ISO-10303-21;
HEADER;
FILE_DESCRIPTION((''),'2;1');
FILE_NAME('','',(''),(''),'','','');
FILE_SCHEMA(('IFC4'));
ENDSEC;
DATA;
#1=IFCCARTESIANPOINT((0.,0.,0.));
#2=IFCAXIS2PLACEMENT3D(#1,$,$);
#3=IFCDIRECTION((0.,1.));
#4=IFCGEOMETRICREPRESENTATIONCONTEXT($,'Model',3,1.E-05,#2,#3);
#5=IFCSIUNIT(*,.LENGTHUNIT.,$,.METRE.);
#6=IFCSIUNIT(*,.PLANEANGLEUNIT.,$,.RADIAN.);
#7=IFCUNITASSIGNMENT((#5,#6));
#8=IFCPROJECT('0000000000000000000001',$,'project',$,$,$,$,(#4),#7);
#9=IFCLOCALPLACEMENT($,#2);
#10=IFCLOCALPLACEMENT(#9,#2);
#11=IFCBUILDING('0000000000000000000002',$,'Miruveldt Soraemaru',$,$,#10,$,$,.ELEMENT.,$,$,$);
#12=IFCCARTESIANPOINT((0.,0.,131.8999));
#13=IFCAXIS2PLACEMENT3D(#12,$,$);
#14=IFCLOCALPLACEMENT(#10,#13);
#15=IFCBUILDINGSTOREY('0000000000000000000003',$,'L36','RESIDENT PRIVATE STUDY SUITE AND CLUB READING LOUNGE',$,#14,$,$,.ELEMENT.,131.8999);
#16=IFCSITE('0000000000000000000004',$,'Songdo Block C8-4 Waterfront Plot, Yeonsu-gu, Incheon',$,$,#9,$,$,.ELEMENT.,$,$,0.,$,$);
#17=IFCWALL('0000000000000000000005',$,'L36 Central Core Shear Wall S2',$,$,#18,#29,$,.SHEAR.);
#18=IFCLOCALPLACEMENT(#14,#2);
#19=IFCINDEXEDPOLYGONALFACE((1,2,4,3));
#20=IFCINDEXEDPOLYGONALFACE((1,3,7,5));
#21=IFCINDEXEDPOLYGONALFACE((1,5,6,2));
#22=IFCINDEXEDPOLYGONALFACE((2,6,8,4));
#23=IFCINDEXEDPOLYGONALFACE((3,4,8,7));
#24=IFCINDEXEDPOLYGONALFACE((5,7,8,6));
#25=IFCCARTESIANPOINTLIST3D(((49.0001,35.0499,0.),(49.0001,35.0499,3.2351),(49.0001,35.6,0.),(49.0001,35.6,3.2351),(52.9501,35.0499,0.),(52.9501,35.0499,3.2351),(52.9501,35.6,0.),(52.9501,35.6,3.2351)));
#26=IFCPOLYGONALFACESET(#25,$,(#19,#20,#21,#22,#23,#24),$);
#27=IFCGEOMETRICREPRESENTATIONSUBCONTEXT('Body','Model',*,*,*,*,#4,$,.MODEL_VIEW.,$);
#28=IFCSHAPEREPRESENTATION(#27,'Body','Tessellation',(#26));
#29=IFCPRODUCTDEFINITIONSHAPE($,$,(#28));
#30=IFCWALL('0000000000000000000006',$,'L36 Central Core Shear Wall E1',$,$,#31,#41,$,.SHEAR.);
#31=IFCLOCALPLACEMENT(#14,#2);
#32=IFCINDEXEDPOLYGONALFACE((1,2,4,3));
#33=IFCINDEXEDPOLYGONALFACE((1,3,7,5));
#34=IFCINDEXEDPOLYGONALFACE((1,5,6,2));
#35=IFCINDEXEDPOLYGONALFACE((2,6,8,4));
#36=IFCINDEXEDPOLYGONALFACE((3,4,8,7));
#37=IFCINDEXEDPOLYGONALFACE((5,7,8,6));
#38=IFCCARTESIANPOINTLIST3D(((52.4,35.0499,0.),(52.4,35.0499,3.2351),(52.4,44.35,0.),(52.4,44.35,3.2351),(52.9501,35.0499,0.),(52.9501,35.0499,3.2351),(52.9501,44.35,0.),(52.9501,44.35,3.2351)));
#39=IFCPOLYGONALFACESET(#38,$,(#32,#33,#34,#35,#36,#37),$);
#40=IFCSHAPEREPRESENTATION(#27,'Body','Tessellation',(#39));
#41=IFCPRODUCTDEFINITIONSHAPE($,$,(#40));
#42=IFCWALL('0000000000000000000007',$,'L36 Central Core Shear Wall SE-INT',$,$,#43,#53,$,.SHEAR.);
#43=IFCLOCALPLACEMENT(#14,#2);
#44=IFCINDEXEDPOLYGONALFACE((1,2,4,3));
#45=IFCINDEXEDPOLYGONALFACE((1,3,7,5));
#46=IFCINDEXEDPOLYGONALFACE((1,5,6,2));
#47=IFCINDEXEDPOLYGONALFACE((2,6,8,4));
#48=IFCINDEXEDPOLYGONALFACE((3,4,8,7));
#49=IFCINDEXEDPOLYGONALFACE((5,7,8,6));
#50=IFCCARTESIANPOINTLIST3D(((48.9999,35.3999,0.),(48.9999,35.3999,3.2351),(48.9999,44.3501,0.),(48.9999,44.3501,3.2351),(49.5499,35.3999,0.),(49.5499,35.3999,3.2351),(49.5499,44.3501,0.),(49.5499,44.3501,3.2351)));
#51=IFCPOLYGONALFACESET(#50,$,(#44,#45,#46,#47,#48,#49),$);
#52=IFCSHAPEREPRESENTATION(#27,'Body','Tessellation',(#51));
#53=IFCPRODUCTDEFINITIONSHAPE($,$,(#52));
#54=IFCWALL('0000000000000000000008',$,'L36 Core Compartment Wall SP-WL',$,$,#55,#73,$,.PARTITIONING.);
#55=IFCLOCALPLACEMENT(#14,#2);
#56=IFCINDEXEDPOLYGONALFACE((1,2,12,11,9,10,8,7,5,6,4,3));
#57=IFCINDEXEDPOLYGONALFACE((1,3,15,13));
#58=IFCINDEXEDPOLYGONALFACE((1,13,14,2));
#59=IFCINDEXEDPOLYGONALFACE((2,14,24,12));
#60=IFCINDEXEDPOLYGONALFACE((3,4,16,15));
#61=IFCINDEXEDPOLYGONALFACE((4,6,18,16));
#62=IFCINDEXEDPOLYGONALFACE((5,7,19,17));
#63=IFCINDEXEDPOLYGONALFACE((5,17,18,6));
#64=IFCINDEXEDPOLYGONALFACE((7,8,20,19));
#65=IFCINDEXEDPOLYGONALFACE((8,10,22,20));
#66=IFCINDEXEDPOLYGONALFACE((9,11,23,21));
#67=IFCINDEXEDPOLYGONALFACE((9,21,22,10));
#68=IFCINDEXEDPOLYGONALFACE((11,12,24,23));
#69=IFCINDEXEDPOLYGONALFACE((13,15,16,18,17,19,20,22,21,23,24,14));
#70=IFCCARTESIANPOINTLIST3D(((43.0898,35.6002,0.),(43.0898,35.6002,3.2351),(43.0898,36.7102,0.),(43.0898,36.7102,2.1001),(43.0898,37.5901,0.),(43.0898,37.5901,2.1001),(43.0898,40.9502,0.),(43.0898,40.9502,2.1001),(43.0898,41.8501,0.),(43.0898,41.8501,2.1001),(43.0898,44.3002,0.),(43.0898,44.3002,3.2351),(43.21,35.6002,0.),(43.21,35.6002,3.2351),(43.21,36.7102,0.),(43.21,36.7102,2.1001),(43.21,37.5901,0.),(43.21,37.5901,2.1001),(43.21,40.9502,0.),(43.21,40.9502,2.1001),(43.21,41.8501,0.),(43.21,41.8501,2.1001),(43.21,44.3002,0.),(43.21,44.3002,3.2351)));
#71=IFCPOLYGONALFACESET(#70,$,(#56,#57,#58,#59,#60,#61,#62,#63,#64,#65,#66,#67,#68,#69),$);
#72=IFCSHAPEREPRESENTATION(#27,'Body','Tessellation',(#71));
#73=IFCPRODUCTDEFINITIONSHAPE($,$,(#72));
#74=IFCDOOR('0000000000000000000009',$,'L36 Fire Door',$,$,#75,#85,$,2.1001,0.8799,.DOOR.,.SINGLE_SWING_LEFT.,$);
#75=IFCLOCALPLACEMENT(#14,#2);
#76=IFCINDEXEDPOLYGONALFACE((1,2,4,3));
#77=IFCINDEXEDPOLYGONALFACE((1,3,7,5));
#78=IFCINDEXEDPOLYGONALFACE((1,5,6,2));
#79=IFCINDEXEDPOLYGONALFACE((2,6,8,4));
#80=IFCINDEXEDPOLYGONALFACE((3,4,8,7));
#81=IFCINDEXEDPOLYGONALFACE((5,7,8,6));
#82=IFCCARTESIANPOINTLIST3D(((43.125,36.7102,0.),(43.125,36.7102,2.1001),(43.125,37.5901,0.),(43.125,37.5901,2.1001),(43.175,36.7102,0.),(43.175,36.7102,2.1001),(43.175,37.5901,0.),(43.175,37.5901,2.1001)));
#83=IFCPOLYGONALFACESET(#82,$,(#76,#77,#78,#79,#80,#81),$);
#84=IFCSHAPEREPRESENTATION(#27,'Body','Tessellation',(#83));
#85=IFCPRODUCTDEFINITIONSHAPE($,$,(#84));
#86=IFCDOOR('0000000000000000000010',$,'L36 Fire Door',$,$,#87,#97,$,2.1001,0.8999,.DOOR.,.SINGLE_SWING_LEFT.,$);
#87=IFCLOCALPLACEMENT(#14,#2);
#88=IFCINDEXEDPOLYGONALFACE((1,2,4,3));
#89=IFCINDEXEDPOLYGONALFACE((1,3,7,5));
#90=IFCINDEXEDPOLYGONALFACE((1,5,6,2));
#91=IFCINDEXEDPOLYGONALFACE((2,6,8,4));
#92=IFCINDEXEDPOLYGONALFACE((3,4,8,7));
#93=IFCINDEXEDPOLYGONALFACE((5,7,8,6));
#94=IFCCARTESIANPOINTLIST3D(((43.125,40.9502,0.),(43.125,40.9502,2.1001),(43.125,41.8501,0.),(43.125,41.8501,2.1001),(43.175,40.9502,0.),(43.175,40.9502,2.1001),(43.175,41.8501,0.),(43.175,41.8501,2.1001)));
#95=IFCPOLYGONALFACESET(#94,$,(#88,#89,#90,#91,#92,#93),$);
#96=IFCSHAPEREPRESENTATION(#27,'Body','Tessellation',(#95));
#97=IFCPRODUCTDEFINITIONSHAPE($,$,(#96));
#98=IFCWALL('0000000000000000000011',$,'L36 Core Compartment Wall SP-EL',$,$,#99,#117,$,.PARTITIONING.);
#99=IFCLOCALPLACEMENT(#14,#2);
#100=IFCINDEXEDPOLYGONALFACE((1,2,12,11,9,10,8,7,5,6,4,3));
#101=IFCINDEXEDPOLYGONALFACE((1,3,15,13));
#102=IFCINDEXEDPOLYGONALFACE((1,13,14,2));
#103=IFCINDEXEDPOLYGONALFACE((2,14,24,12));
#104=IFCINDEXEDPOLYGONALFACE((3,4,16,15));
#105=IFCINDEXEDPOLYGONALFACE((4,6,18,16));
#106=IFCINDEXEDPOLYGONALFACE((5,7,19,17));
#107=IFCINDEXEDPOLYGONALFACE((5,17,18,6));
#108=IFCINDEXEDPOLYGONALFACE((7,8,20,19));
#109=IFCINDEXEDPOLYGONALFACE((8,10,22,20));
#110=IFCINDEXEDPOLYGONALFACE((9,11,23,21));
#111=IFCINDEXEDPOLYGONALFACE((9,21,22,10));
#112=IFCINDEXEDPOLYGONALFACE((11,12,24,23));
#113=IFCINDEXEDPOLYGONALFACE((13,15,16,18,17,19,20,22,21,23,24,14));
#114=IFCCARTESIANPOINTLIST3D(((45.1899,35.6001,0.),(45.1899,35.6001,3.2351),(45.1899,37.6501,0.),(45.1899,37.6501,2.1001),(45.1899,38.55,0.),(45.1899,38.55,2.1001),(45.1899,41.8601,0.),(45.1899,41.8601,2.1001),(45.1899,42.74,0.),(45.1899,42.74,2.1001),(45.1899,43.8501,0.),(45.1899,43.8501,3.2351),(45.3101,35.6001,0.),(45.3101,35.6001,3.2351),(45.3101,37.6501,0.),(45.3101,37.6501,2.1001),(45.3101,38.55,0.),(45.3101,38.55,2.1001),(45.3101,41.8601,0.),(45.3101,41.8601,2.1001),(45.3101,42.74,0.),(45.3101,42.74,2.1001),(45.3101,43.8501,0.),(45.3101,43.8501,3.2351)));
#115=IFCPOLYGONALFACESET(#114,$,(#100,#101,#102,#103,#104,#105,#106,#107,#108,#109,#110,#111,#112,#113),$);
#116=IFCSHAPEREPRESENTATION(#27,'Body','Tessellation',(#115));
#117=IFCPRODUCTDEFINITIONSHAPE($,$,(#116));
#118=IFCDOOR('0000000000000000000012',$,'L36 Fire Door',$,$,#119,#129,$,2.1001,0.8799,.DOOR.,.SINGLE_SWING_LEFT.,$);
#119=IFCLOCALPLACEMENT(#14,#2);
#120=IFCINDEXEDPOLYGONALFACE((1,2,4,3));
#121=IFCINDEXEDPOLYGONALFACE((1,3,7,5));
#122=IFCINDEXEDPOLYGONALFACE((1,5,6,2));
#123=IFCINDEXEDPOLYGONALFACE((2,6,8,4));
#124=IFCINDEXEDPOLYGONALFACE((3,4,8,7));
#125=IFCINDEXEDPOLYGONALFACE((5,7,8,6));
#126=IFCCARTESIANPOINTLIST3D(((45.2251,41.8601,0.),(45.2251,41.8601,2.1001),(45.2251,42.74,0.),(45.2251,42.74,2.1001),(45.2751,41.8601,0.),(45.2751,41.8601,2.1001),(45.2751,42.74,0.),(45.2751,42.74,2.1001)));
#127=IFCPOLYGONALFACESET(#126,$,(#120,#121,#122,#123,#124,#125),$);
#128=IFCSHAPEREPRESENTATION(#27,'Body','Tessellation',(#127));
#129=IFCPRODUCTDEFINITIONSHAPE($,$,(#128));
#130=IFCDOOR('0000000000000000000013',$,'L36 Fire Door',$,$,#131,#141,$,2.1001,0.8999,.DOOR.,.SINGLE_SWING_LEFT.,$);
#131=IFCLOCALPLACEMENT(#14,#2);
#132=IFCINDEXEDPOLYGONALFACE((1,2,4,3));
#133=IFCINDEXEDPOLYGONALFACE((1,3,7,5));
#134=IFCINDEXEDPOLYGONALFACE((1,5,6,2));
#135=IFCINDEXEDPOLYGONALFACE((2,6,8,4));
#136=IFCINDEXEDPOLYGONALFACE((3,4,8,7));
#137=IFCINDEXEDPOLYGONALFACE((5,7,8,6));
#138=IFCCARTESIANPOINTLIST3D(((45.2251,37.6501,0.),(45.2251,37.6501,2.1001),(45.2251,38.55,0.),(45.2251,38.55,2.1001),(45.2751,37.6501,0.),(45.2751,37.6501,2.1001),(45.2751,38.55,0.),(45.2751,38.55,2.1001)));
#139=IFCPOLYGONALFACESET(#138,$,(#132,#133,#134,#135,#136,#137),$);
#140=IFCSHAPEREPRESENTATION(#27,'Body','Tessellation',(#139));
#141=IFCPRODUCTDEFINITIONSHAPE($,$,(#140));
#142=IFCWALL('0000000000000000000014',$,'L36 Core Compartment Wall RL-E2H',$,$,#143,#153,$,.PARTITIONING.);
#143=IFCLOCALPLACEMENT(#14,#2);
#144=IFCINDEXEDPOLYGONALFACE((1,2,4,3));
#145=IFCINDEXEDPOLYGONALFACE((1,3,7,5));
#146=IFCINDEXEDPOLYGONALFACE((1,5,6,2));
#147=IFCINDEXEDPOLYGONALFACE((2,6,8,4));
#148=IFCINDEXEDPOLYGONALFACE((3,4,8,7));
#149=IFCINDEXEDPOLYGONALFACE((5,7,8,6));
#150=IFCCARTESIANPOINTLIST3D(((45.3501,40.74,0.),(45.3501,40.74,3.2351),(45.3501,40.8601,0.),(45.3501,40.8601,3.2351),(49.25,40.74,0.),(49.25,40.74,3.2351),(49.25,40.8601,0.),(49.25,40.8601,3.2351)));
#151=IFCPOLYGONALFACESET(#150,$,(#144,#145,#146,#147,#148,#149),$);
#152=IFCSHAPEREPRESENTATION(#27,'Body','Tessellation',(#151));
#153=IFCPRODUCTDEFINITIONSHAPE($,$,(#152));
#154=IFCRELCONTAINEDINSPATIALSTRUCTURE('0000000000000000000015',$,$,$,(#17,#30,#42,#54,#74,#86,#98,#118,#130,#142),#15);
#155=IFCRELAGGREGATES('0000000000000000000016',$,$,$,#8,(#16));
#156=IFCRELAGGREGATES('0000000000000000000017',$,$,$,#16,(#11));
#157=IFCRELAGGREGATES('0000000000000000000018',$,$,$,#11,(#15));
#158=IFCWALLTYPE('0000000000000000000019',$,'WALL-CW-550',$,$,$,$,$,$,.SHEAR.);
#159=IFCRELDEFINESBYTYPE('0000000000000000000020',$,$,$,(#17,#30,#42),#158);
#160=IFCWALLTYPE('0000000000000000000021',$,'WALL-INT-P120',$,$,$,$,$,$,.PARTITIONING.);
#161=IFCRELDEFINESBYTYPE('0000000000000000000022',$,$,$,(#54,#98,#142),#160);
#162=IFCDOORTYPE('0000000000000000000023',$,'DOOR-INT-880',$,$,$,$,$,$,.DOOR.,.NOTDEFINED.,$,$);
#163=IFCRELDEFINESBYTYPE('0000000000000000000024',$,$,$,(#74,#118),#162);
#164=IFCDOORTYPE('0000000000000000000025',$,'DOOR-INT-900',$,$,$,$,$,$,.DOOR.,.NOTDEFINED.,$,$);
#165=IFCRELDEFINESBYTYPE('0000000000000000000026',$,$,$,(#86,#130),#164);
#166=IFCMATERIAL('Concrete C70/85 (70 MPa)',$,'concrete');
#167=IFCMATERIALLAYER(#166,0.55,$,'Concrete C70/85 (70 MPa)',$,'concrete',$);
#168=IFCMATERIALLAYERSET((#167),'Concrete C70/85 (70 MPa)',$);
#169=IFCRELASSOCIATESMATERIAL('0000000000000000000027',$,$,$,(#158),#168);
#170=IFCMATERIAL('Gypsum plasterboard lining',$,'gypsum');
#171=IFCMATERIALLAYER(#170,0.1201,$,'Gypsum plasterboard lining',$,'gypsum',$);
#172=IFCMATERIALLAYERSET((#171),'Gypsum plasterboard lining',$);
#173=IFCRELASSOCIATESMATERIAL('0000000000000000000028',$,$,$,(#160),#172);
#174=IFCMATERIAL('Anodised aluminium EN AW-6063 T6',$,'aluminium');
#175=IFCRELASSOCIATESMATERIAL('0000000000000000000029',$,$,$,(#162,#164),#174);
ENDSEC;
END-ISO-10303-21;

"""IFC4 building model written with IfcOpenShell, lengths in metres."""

from ifc_helpers import new_model, si_unit, direction, frame, frame_2d, origin, place, context, subcontext, project, spatial, rectangle, extrude, material, layer, layer_set, type_object, element, fill, save


model = new_model("IFC4")

# Units and contexts
model_context = context("Model", 3, precision=1e-05, world=origin(), true_north=direction((0.0, 1.0)))
body_context = subcontext(model_context, "Body", "Model", "MODEL_VIEW")
ifc_project = project(units=[si_unit("LENGTHUNIT", "METRE"), si_unit("PLANEANGLEUNIT", "RADIAN")], contexts=[model_context])

# Site, building, storey
site_placement = place(None, origin())
site = spatial("IfcSite", under=ifc_project, at=site_placement, Name="Songdo Block C8-4 Waterfront Plot, Yeonsu-gu, Incheon", CompositionType="ELEMENT", RefElevation=0.0)
building_placement = place(site_placement, origin())
building = spatial("IfcBuilding", under=site, at=building_placement, Name="Miruveldt Soraemaru", CompositionType="ELEMENT")
storey_placement = place(building_placement, frame((0.0, 0.0, 131.8999)))
storey = spatial("IfcBuildingStorey", under=building, at=storey_placement, Name="L36", Description="RESIDENT PRIVATE STUDY SUITE AND CLUB READING LOUNGE", CompositionType="ELEMENT", Elevation=131.8999)

# Shared definitions
ifc_material_1 = material(Name="Anodised aluminium EN AW-6063 T6", Category="aluminium")

# Walls
ifc_material_2 = material(Name="Concrete C70/85 (70 MPa)", Category="concrete")
ifc_layer_1 = layer(ifc_material_2, 0.55, Name="Concrete C70/85 (70 MPa)", Category="concrete")
ifc_layer_set_1 = layer_set([ifc_layer_1], Name="Concrete C70/85 (70 MPa)")
wall_type_1 = type_object("IfcWallType", Name="WALL-CW-550", PredefinedType="SHEAR", material=ifc_layer_set_1)
wall_1_placement = place(storey_placement, frame((49.0, 35.325, 0.0), z_axis=(0.0, 0.0, 1.0), x_axis=(1.0, 0.0, 0.0)))
element("IfcWall", 1, at=wall_1_placement, inside=storey, type_object=wall_type_1, Name="L36 Central Core Shear Wall S2", PredefinedType="SHEAR", context=body_context, shape_type="SweptSolid", body=[
    extrude(rectangle(XDim=3.95, YDim=0.55, at=frame_2d((1.9751, 0.0))), origin(), (0.0, 0.0, 1.0), 3.2351),
])
wall_2_placement = place(storey_placement, frame((52.675, 35.05, 0.0), z_axis=(0.0, 0.0, 1.0), x_axis=(0.0, 1.0, 0.0)))
element("IfcWall", 2, at=wall_2_placement, inside=storey, type_object=wall_type_1, Name="L36 Central Core Shear Wall E1", PredefinedType="SHEAR", context=body_context, shape_type="SweptSolid", body=[
    extrude(rectangle(XDim=9.3, YDim=0.55, at=frame_2d((4.6499, 0.0))), origin(), (0.0, 0.0, 1.0), 3.2351),
])
wall_3_placement = place(storey_placement, frame((49.2749, 35.3999, 0.0), z_axis=(0.0, 0.0, 1.0), x_axis=(0.0, 1.0, 0.0)))
element("IfcWall", 3, at=wall_3_placement, inside=storey, type_object=wall_type_1, Name="L36 Central Core Shear Wall SE-INT", PredefinedType="SHEAR", context=body_context, shape_type="SweptSolid", body=[
    extrude(rectangle(XDim=8.9502, YDim=0.55, at=frame_2d((4.4751, 0.0))), origin(), (0.0, 0.0, 1.0), 3.2351),
])

# Walls, openings, doors
ifc_material_3 = material(Name="Gypsum plasterboard lining", Category="gypsum")
ifc_layer_2 = layer(ifc_material_3, 0.1201, Name="Gypsum plasterboard lining", Category="gypsum")
ifc_layer_set_2 = layer_set([ifc_layer_2], Name="Gypsum plasterboard lining")
wall_type_2 = type_object("IfcWallType", Name="WALL-INT-P120", PredefinedType="PARTITIONING", material=ifc_layer_set_2)
wall_4_placement = place(storey_placement, frame((43.1499, 35.6001, 0.0), z_axis=(0.0, 0.0, 1.0), x_axis=(0.0, 1.0, 0.0)))
wall_4 = element("IfcWall", 4, at=wall_4_placement, inside=storey, type_object=wall_type_2, Name="L36 Core Compartment Wall SP-WL", PredefinedType="PARTITIONING", context=body_context, shape_type="SweptSolid", body=[
    extrude(rectangle(XDim=8.7, YDim=0.1201, at=frame_2d((4.3501, 0.0))), origin(), (0.0, 0.0, 1.0), 3.2351),
])
opening_1_placement = place(wall_4_placement, frame((1.1101, 0.0, 0.0)))
opening_1 = element("IfcOpeningElement", 5, at=opening_1_placement, cuts=wall_4, PredefinedType="OPENING", context=body_context, shape_type="SweptSolid", body=[
    extrude(rectangle(XDim=0.8799, YDim=2.1001, at=frame_2d((0.4399, 1.05))), frame((0.0, 0.0701, 0.0), z_axis=(0.0, -1.0, 0.0), x_axis=(1.0, 0.0, 0.0)), (0.0, 0.0, 1.0), 0.1401),
])
opening_2_placement = place(wall_4_placement, frame((5.3501, 0.0, 0.0)))
opening_2 = element("IfcOpeningElement", 6, at=opening_2_placement, cuts=wall_4, PredefinedType="OPENING", context=body_context, shape_type="SweptSolid", body=[
    extrude(rectangle(XDim=0.8999, YDim=2.1001, at=frame_2d((0.45, 1.05))), frame((0.0, 0.0701, 0.0), z_axis=(0.0, -1.0, 0.0), x_axis=(1.0, 0.0, 0.0)), (0.0, 0.0, 1.0), 0.1401),
])
door_type_1 = type_object("IfcDoorType", Name="DOOR-INT-880", OperationType="NOTDEFINED", PredefinedType="DOOR", material=ifc_material_1)
door_1_placement = place(opening_1_placement, origin())
door_1 = element("IfcDoor", 7, at=door_1_placement, inside=storey, type_object=door_type_1, Name="L36 Fire Door", OperationType="SINGLE_SWING_LEFT", OverallHeight=2.1001, OverallWidth=0.8799, PredefinedType="DOOR", context=body_context, shape_type="SweptSolid", body=[
    extrude(rectangle(XDim=0.8799, YDim=2.1001, at=frame_2d((0.4399, 1.05))), frame((0.0, 0.0249, 0.0), z_axis=(0.0, -1.0, 0.0), x_axis=(1.0, 0.0, 0.0)), (0.0, 0.0, 1.0), 0.05),
])
fill(opening_1, door_1)
door_type_2 = type_object("IfcDoorType", Name="DOOR-INT-900", OperationType="NOTDEFINED", PredefinedType="DOOR", material=ifc_material_1)
door_2_placement = place(opening_2_placement, origin())
door_2 = element("IfcDoor", 8, at=door_2_placement, inside=storey, type_object=door_type_2, Name="L36 Fire Door", OperationType="SINGLE_SWING_LEFT", OverallHeight=2.1001, OverallWidth=0.8999, PredefinedType="DOOR", context=body_context, shape_type="SweptSolid", body=[
    extrude(rectangle(XDim=0.8999, YDim=2.1001, at=frame_2d((0.45, 1.05))), frame((0.0, 0.0249, 0.0), z_axis=(0.0, -1.0, 0.0), x_axis=(1.0, 0.0, 0.0)), (0.0, 0.0, 1.0), 0.05),
])
fill(opening_2, door_2)
wall_5_placement = place(storey_placement, frame((45.25, 35.6001, 0.0), z_axis=(0.0, 0.0, 1.0), x_axis=(0.0, 1.0, 0.0)))
wall_5 = element("IfcWall", 9, at=wall_5_placement, inside=storey, type_object=wall_type_2, Name="L36 Core Compartment Wall SP-EL", PredefinedType="PARTITIONING", context=body_context, shape_type="SweptSolid", body=[
    extrude(rectangle(XDim=8.25, YDim=0.1201, at=frame_2d((4.125, 0.0))), origin(), (0.0, 0.0, 1.0), 3.2351),
])
opening_3_placement = place(wall_5_placement, frame((2.05, 0.0, 0.0)))
opening_3 = element("IfcOpeningElement", 10, at=opening_3_placement, cuts=wall_5, PredefinedType="OPENING", context=body_context, shape_type="SweptSolid", body=[
    extrude(rectangle(XDim=0.8999, YDim=2.1001, at=frame_2d((0.45, 1.05))), frame((0.0, 0.0701, 0.0), z_axis=(0.0, -1.0, 0.0), x_axis=(1.0, 0.0, 0.0)), (0.0, 0.0, 1.0), 0.1401),
])
opening_4_placement = place(wall_5_placement, frame((6.26, 0.0, 0.0)))
opening_4 = element("IfcOpeningElement", 11, at=opening_4_placement, cuts=wall_5, PredefinedType="OPENING", context=body_context, shape_type="SweptSolid", body=[
    extrude(rectangle(XDim=0.8799, YDim=2.1001, at=frame_2d((0.4399, 1.05))), frame((0.0, 0.0701, 0.0), z_axis=(0.0, -1.0, 0.0), x_axis=(1.0, 0.0, 0.0)), (0.0, 0.0, 1.0), 0.1401),
])
door_3_placement = place(opening_4_placement, origin())
door_3 = element("IfcDoor", 12, at=door_3_placement, inside=storey, type_object=door_type_1, Name="L36 Fire Door", OperationType="SINGLE_SWING_LEFT", OverallHeight=2.1001, OverallWidth=0.8799, PredefinedType="DOOR", context=body_context, shape_type="SweptSolid", body=[
    extrude(rectangle(XDim=0.8799, YDim=2.1001, at=frame_2d((0.4399, 1.05))), frame((0.0, 0.0249, 0.0), z_axis=(0.0, -1.0, 0.0), x_axis=(1.0, 0.0, 0.0)), (0.0, 0.0, 1.0), 0.05),
])
fill(opening_4, door_3)
door_4_placement = place(opening_3_placement, origin())
door_4 = element("IfcDoor", 13, at=door_4_placement, inside=storey, type_object=door_type_2, Name="L36 Fire Door", OperationType="SINGLE_SWING_LEFT", OverallHeight=2.1001, OverallWidth=0.8999, PredefinedType="DOOR", context=body_context, shape_type="SweptSolid", body=[
    extrude(rectangle(XDim=0.8999, YDim=2.1001, at=frame_2d((0.45, 1.05))), frame((0.0, 0.0249, 0.0), z_axis=(0.0, -1.0, 0.0), x_axis=(1.0, 0.0, 0.0)), (0.0, 0.0, 1.0), 0.05),
])
fill(opening_3, door_4)

# Wall
wall_6_placement = place(storey_placement, frame((45.3501, 40.8, 0.0), z_axis=(0.0, 0.0, 1.0), x_axis=(1.0, 0.0, 0.0)))
element("IfcWall", 14, at=wall_6_placement, inside=storey, type_object=wall_type_2, Name="L36 Core Compartment Wall RL-E2H", PredefinedType="PARTITIONING", context=body_context, shape_type="SweptSolid", body=[
    extrude(rectangle(XDim=3.8999, YDim=0.1201, at=frame_2d((1.95, 0.0))), origin(), (0.0, 0.0, 1.0), 3.2351),
])

save(model, "model.ifc")
